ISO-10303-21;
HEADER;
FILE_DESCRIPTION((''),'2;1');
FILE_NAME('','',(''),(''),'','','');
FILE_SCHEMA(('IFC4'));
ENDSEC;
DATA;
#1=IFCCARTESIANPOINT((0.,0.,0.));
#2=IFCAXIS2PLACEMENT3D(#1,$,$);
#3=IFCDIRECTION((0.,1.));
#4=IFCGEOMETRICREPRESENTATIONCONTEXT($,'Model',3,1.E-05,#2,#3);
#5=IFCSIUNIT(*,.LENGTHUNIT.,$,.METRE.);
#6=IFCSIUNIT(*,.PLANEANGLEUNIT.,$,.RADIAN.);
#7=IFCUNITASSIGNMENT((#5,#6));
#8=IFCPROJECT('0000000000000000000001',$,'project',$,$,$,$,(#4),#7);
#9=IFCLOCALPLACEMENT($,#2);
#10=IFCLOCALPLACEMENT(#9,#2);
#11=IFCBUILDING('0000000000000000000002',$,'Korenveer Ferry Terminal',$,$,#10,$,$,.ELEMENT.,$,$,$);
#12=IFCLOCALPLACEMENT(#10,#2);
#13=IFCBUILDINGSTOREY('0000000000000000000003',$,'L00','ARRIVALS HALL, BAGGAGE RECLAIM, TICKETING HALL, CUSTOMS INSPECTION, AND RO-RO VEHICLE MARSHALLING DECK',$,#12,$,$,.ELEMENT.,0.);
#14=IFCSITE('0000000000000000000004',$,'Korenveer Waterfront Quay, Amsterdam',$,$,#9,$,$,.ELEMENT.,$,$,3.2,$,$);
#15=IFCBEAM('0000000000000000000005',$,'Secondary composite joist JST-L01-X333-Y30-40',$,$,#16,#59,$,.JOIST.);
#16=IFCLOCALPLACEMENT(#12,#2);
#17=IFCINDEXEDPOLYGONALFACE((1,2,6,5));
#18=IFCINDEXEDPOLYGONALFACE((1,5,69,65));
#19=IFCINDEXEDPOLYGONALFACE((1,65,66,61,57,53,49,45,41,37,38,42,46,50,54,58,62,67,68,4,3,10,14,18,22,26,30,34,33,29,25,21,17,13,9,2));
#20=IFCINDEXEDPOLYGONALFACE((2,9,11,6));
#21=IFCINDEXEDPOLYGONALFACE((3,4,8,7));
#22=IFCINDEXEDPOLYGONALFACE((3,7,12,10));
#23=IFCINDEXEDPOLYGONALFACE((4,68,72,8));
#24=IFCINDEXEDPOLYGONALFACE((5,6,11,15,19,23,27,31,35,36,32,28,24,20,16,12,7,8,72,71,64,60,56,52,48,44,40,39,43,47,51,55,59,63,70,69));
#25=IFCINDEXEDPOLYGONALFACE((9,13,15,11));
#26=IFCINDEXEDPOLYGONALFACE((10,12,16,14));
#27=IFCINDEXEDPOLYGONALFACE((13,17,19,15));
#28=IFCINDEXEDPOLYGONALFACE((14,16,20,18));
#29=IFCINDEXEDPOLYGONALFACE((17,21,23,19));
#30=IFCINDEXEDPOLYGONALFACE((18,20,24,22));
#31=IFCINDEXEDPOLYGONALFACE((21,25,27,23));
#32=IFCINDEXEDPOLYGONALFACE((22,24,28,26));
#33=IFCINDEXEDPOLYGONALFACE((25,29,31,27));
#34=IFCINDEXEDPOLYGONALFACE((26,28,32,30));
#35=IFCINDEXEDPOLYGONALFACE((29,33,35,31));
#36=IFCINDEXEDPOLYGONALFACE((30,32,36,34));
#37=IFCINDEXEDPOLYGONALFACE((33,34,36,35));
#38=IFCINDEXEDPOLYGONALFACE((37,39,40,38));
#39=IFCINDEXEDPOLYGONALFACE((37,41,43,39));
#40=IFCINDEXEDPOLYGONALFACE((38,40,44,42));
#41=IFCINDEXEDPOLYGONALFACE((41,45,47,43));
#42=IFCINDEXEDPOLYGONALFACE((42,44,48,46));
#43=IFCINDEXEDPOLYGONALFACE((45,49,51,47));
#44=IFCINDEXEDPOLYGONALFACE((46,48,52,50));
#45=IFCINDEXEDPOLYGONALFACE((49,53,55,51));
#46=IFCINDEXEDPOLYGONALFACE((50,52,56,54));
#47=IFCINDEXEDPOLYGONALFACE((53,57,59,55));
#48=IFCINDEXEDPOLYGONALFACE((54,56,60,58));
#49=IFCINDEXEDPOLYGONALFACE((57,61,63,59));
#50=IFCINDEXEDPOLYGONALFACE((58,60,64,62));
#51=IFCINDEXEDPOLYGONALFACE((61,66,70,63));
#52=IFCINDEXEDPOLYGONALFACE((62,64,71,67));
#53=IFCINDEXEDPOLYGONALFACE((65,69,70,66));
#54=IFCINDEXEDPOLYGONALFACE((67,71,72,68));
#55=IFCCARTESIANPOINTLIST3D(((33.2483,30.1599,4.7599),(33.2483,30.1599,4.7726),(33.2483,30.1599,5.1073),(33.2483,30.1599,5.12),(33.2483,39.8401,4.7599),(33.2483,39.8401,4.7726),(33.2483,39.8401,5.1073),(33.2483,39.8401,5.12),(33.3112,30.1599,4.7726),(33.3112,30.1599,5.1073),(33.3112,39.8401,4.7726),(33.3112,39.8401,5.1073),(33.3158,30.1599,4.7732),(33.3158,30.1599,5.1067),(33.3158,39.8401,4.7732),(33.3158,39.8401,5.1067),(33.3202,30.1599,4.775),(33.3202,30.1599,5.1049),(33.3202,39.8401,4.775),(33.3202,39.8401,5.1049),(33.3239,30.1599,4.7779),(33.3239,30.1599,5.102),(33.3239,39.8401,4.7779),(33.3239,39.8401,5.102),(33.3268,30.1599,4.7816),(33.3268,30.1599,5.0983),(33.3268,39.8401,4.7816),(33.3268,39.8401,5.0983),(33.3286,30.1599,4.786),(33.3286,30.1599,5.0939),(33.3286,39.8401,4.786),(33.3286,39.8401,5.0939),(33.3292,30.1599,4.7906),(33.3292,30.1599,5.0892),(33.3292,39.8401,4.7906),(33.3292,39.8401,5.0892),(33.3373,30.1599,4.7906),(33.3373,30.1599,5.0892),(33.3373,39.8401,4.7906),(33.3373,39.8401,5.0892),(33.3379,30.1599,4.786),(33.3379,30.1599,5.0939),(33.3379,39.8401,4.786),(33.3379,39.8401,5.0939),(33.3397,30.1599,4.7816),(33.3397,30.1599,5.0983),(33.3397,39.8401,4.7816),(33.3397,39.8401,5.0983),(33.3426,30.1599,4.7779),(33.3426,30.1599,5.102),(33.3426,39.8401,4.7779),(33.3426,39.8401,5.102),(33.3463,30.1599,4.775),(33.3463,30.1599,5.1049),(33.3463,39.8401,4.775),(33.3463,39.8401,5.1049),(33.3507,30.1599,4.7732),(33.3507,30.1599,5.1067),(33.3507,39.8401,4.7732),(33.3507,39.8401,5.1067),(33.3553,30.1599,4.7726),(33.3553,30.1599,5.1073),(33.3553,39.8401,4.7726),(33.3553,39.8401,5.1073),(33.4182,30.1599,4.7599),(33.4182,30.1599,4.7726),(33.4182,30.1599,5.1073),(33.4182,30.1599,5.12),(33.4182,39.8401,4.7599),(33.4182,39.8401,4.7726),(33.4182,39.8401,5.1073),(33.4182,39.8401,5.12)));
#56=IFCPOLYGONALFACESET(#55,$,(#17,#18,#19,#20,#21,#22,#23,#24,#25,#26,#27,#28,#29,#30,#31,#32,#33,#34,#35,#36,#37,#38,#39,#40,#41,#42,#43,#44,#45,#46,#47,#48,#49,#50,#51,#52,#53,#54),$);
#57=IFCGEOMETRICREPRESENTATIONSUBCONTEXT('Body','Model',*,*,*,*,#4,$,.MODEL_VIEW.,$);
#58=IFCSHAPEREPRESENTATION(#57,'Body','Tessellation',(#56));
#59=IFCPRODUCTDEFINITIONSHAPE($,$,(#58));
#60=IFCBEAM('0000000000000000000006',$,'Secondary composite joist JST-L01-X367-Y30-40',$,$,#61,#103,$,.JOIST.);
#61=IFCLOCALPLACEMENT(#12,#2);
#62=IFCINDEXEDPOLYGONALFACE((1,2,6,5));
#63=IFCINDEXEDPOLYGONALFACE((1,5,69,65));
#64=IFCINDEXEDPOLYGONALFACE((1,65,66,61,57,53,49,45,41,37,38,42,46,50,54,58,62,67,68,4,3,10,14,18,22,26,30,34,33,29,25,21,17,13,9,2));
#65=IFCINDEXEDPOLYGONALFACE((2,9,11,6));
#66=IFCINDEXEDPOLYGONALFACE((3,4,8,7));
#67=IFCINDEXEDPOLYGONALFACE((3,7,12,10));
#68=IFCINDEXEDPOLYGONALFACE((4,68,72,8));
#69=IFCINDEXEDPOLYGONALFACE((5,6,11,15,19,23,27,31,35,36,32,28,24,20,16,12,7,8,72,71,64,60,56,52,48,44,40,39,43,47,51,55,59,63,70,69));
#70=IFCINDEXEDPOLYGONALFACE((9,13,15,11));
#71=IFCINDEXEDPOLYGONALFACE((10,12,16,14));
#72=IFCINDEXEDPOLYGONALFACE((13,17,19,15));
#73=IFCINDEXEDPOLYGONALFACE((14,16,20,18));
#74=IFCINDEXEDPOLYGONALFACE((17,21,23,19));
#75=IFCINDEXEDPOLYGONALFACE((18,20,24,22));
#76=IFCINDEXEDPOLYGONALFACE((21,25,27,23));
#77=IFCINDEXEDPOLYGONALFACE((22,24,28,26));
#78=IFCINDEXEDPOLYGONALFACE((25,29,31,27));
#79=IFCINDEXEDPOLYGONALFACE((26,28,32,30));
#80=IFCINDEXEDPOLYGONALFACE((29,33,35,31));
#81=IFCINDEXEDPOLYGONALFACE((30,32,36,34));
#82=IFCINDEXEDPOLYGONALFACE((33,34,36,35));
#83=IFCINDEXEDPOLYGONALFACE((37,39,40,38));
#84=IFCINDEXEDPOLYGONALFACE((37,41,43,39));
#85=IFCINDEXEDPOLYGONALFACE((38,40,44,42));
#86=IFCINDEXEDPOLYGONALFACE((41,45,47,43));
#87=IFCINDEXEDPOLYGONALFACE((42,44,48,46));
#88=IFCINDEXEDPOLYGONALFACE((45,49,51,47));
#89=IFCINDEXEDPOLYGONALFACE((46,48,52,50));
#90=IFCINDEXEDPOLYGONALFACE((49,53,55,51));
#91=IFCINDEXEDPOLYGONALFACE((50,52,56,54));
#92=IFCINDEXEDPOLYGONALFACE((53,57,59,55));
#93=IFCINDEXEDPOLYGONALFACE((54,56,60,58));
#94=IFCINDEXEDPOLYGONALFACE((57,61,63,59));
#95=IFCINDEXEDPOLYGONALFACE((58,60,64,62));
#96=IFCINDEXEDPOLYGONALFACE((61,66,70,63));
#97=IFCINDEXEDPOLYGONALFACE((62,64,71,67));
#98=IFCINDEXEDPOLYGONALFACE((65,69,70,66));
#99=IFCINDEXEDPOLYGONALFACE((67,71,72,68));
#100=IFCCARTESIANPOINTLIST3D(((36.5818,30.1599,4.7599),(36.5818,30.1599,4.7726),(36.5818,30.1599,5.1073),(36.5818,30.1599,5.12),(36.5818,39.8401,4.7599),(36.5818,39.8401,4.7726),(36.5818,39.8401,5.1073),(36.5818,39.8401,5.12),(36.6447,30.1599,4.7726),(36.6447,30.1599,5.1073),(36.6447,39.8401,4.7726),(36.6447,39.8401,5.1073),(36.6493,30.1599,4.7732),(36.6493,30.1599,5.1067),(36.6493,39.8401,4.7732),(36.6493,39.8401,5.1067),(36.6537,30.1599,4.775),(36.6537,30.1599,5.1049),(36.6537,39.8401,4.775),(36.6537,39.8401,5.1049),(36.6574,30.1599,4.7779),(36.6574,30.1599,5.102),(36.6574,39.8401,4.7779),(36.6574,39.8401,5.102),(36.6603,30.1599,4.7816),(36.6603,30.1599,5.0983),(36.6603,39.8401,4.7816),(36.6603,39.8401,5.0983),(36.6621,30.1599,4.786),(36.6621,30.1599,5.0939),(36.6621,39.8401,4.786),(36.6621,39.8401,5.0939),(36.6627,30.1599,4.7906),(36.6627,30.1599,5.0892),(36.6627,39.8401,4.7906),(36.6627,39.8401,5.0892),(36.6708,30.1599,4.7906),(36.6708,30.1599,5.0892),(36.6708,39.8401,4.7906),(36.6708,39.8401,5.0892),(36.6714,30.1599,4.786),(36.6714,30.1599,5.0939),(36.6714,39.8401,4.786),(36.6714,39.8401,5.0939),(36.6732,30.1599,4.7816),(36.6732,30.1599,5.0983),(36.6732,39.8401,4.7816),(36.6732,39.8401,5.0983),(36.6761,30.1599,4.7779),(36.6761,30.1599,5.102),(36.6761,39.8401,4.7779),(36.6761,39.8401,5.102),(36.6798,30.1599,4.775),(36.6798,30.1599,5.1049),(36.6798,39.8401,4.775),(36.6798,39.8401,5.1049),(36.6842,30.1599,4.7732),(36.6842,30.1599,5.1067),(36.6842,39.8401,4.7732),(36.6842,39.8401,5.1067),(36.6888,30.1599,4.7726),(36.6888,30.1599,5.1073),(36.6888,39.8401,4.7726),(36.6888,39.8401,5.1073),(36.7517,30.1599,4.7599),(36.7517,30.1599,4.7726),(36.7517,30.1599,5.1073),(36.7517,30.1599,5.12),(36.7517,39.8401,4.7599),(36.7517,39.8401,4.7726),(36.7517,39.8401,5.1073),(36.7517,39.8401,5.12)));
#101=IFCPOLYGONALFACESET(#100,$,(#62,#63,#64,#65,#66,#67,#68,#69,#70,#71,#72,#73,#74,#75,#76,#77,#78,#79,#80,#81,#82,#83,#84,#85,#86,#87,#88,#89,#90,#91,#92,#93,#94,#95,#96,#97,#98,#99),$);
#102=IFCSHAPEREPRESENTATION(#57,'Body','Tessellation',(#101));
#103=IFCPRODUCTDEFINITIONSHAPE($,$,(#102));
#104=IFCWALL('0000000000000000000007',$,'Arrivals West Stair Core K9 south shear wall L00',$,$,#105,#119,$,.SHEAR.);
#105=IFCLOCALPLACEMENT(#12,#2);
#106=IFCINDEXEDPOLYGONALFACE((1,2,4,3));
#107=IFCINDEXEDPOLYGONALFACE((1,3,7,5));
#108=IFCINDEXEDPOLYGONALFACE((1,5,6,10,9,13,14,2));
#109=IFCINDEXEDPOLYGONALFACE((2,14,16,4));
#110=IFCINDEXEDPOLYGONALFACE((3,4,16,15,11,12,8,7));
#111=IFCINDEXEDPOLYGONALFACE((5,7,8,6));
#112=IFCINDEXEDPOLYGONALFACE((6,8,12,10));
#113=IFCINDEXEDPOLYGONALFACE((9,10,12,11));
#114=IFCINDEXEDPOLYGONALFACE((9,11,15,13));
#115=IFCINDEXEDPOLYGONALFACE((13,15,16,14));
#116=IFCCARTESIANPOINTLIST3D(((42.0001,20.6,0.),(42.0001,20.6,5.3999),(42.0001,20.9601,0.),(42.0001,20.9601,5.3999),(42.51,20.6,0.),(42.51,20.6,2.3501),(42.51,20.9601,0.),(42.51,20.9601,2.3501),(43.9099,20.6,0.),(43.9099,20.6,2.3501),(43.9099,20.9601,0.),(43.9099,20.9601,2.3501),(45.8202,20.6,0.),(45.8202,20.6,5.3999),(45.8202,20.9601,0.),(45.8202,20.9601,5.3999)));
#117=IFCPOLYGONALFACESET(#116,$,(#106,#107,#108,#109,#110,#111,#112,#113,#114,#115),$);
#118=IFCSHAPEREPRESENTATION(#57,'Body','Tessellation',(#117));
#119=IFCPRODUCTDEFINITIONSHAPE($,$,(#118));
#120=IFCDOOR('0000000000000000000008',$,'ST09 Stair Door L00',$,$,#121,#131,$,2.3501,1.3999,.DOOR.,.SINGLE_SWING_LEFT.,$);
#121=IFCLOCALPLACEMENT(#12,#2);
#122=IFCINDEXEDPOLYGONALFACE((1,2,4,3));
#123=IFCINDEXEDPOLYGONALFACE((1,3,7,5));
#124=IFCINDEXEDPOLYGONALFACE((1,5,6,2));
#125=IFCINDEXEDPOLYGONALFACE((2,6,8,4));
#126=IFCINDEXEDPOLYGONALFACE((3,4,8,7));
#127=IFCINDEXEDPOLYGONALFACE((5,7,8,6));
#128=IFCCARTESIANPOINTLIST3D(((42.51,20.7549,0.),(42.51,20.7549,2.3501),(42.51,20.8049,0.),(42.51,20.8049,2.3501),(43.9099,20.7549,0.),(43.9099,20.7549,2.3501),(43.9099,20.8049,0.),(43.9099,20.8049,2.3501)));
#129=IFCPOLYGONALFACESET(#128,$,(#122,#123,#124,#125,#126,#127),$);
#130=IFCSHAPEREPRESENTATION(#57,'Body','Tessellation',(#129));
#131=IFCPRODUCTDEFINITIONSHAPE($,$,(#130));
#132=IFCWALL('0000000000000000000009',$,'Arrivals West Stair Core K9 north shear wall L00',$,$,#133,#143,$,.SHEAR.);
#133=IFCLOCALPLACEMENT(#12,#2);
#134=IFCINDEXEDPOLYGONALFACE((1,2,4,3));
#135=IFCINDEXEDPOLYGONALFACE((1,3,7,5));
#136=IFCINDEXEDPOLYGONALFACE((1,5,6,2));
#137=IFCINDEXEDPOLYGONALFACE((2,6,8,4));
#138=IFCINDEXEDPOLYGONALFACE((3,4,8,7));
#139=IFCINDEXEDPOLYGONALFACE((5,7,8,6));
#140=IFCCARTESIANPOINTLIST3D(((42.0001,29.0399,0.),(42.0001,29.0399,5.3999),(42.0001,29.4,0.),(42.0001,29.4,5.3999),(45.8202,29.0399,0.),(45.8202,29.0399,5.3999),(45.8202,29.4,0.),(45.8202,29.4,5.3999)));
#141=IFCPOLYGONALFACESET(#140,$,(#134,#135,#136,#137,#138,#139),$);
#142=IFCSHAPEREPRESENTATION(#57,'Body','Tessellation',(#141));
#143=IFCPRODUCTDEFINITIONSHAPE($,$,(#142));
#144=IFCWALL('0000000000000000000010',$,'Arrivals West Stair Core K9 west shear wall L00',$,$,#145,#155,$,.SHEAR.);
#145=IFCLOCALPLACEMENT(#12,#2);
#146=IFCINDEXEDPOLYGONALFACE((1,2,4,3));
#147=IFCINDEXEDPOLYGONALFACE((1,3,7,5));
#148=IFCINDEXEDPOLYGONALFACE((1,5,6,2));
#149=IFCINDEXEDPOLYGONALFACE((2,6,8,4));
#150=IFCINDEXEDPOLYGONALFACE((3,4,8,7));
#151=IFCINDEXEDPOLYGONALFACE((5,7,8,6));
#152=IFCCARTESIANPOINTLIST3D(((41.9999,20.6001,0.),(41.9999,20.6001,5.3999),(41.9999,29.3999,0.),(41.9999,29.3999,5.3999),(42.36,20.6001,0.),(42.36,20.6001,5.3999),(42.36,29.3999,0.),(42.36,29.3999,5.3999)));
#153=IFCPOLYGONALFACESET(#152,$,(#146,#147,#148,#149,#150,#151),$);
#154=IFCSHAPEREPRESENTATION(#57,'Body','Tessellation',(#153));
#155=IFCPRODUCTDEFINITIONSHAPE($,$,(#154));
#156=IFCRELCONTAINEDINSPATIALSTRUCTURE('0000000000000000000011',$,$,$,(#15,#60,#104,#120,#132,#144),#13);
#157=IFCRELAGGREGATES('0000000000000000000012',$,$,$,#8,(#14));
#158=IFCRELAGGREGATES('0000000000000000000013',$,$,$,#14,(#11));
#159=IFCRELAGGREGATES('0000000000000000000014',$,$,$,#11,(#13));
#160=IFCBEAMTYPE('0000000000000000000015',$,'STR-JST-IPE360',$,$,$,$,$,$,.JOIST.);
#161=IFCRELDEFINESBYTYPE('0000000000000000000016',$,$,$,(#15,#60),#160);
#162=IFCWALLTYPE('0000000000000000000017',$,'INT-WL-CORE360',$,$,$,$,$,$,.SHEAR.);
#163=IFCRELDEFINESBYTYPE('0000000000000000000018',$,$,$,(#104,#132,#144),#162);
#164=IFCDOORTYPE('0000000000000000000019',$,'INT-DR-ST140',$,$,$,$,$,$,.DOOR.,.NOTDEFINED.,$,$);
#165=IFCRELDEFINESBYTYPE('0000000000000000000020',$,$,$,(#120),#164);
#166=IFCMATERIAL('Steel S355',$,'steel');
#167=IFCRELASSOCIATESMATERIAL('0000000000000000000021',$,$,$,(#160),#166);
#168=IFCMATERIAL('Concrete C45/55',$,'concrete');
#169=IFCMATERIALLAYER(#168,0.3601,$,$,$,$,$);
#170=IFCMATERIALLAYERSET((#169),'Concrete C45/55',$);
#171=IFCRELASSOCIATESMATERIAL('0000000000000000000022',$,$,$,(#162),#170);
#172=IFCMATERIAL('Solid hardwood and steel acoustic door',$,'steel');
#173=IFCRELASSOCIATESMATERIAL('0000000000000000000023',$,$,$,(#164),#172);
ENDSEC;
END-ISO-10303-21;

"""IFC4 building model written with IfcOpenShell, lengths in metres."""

from ifc_helpers import new_model, si_unit, direction, frame, frame_2d, origin, origin_2d, place, context, subcontext, project, spatial, rectangle, i_section, extrude, material, layer, layer_set, material_profile, profile_set, type_object, element, fill, save


model = new_model("IFC4")

# Units and contexts
model_context = context("Model", 3, precision=1e-05, world=origin(), true_north=direction((0.0, 1.0)))
body_context = subcontext(model_context, "Body", "Model", "MODEL_VIEW")
ifc_project = project(units=[si_unit("LENGTHUNIT", "METRE"), si_unit("PLANEANGLEUNIT", "RADIAN")], contexts=[model_context])

# Site, building, storey
site_placement = place(None, origin())
site = spatial("IfcSite", under=ifc_project, at=site_placement, Name="Korenveer Waterfront Quay, Amsterdam", CompositionType="ELEMENT", RefElevation=3.2)
building_placement = place(site_placement, origin())
building = spatial("IfcBuilding", under=site, at=building_placement, Name="Korenveer Ferry Terminal", CompositionType="ELEMENT")
storey_placement = place(building_placement, origin())
storey = spatial("IfcBuildingStorey", under=building, at=storey_placement, Name="L00", Description="ARRIVALS HALL, BAGGAGE RECLAIM, TICKETING HALL, CUSTOMS INSPECTION, AND RO-RO VEHICLE MARSHALLING DECK", CompositionType="ELEMENT", Elevation=0.0)

# Shared definitions
ifc_material_1 = material(Name="Concrete C45/55", Category="concrete")

# Beams
ifc_material_2 = material(Name="Steel S355", Category="steel")
ifc_material_profile_1 = material_profile(ifc_material_2, i_section(OverallWidth=0.1699, OverallDepth=0.3601, WebThickness=0.0081, FlangeThickness=0.0127, FilletRadius=0.0181, at=origin_2d()), Name="IPE 360")
ifc_profile_set_1 = profile_set([ifc_material_profile_1], Name="Steel S355")
beam_type_1 = type_object("IfcBeamType", Name="STR-JST-IPE360", PredefinedType="JOIST", material=ifc_profile_set_1)
for number, where, z_axis, x_axis, name in (
    (1, (33.3333, 30.1599, 4.9399), (0.0, 1.0, 0.0), (-1.0, 0.0, 0.0), "Secondary composite joist JST-L01-X333-Y30-40"),
    (2, (36.6667, 30.1599, 4.9399), (0.0, 1.0, 0.0), (-1.0, 0.0, 0.0), "Secondary composite joist JST-L01-X367-Y30-40"),
):
    element("IfcBeam", number, at=place(storey_placement, frame(where, z_axis=z_axis, x_axis=x_axis)), inside=storey, type_object=beam_type_1, Name=name, PredefinedType="JOIST", context=body_context, shape_type="SweptSolid", body=[
        extrude(i_section(OverallWidth=0.1699, OverallDepth=0.3601, WebThickness=0.0081, FlangeThickness=0.0127, FilletRadius=0.0181, at=origin_2d()), origin(), (0.0, 0.0, 1.0), 9.6802),
    ])

# Wall, opening, door
ifc_layer = layer(ifc_material_1, 0.3601)
ifc_layer_set = layer_set([ifc_layer], Name="Concrete C45/55")
wall_type = type_object("IfcWallType", Name="INT-WL-CORE360", PredefinedType="SHEAR", material=ifc_layer_set)
wall_1_placement = place(storey_placement, frame((42.0, 20.78, 0.0), z_axis=(0.0, 0.0, 1.0), x_axis=(1.0, 0.0, 0.0)))
wall_1 = element("IfcWall", 3, at=wall_1_placement, inside=storey, type_object=wall_type, Name="Arrivals West Stair Core K9 south shear wall L00", PredefinedType="SHEAR", context=body_context, shape_type="SweptSolid", body=[
    extrude(rectangle(XDim=3.8201, YDim=0.3601, at=frame_2d((1.9102, 0.0))), origin(), (0.0, 0.0, 1.0), 5.3999),
])
opening_placement = place(wall_1_placement, frame((0.51, 0.0, 0.0)))
opening = element("IfcOpeningElement", 4, at=opening_placement, cuts=wall_1, PredefinedType="OPENING", context=body_context, shape_type="SweptSolid", body=[
    extrude(rectangle(XDim=1.3999, YDim=2.3501, at=frame_2d((0.7, 1.175))), frame((0.0, 0.1899, 0.0), z_axis=(0.0, -1.0, 0.0), x_axis=(1.0, 0.0, 0.0)), (0.0, 0.0, 1.0), 0.3801),
])
ifc_material_3 = material(Name="Solid hardwood and steel acoustic door", Category="steel")
door_type = type_object("IfcDoorType", Name="INT-DR-ST140", OperationType="NOTDEFINED", PredefinedType="DOOR", material=ifc_material_3)
door_placement = place(opening_placement, origin())
door = element("IfcDoor", 5, at=door_placement, inside=storey, type_object=door_type, Name="ST09 Stair Door L00", OperationType="SINGLE_SWING_LEFT", OverallHeight=2.3501, OverallWidth=1.3999, PredefinedType="DOOR", context=body_context, shape_type="SweptSolid", body=[
    extrude(rectangle(XDim=1.3999, YDim=2.3501, at=frame_2d((0.7, 1.175))), frame((0.0, 0.0249, 0.0), z_axis=(0.0, -1.0, 0.0), x_axis=(1.0, 0.0, 0.0)), (0.0, 0.0, 1.0), 0.05),
])
fill(opening, door)

# Walls
wall_2_placement = place(storey_placement, frame((42.0, 29.22, 0.0), z_axis=(0.0, 0.0, 1.0), x_axis=(1.0, 0.0, 0.0)))
element("IfcWall", 6, at=wall_2_placement, inside=storey, type_object=wall_type, Name="Arrivals West Stair Core K9 north shear wall L00", PredefinedType="SHEAR", context=body_context, shape_type="SweptSolid", body=[
    extrude(rectangle(XDim=3.8201, YDim=0.3601, at=frame_2d((1.9102, 0.0))), origin(), (0.0, 0.0, 1.0), 5.3999),
])
wall_3_placement = place(storey_placement, frame((42.1799, 20.6001, 0.0), z_axis=(0.0, 0.0, 1.0), x_axis=(0.0, 1.0, 0.0)))
element("IfcWall", 7, at=wall_3_placement, inside=storey, type_object=wall_type, Name="Arrivals West Stair Core K9 west shear wall L00", PredefinedType="SHEAR", context=body_context, shape_type="SweptSolid", body=[
    extrude(rectangle(XDim=8.7998, YDim=0.3601, at=frame_2d((4.3999, 0.0))), origin(), (0.0, 0.0, 1.0), 5.3999),
])

save(model, "model.ifc")
